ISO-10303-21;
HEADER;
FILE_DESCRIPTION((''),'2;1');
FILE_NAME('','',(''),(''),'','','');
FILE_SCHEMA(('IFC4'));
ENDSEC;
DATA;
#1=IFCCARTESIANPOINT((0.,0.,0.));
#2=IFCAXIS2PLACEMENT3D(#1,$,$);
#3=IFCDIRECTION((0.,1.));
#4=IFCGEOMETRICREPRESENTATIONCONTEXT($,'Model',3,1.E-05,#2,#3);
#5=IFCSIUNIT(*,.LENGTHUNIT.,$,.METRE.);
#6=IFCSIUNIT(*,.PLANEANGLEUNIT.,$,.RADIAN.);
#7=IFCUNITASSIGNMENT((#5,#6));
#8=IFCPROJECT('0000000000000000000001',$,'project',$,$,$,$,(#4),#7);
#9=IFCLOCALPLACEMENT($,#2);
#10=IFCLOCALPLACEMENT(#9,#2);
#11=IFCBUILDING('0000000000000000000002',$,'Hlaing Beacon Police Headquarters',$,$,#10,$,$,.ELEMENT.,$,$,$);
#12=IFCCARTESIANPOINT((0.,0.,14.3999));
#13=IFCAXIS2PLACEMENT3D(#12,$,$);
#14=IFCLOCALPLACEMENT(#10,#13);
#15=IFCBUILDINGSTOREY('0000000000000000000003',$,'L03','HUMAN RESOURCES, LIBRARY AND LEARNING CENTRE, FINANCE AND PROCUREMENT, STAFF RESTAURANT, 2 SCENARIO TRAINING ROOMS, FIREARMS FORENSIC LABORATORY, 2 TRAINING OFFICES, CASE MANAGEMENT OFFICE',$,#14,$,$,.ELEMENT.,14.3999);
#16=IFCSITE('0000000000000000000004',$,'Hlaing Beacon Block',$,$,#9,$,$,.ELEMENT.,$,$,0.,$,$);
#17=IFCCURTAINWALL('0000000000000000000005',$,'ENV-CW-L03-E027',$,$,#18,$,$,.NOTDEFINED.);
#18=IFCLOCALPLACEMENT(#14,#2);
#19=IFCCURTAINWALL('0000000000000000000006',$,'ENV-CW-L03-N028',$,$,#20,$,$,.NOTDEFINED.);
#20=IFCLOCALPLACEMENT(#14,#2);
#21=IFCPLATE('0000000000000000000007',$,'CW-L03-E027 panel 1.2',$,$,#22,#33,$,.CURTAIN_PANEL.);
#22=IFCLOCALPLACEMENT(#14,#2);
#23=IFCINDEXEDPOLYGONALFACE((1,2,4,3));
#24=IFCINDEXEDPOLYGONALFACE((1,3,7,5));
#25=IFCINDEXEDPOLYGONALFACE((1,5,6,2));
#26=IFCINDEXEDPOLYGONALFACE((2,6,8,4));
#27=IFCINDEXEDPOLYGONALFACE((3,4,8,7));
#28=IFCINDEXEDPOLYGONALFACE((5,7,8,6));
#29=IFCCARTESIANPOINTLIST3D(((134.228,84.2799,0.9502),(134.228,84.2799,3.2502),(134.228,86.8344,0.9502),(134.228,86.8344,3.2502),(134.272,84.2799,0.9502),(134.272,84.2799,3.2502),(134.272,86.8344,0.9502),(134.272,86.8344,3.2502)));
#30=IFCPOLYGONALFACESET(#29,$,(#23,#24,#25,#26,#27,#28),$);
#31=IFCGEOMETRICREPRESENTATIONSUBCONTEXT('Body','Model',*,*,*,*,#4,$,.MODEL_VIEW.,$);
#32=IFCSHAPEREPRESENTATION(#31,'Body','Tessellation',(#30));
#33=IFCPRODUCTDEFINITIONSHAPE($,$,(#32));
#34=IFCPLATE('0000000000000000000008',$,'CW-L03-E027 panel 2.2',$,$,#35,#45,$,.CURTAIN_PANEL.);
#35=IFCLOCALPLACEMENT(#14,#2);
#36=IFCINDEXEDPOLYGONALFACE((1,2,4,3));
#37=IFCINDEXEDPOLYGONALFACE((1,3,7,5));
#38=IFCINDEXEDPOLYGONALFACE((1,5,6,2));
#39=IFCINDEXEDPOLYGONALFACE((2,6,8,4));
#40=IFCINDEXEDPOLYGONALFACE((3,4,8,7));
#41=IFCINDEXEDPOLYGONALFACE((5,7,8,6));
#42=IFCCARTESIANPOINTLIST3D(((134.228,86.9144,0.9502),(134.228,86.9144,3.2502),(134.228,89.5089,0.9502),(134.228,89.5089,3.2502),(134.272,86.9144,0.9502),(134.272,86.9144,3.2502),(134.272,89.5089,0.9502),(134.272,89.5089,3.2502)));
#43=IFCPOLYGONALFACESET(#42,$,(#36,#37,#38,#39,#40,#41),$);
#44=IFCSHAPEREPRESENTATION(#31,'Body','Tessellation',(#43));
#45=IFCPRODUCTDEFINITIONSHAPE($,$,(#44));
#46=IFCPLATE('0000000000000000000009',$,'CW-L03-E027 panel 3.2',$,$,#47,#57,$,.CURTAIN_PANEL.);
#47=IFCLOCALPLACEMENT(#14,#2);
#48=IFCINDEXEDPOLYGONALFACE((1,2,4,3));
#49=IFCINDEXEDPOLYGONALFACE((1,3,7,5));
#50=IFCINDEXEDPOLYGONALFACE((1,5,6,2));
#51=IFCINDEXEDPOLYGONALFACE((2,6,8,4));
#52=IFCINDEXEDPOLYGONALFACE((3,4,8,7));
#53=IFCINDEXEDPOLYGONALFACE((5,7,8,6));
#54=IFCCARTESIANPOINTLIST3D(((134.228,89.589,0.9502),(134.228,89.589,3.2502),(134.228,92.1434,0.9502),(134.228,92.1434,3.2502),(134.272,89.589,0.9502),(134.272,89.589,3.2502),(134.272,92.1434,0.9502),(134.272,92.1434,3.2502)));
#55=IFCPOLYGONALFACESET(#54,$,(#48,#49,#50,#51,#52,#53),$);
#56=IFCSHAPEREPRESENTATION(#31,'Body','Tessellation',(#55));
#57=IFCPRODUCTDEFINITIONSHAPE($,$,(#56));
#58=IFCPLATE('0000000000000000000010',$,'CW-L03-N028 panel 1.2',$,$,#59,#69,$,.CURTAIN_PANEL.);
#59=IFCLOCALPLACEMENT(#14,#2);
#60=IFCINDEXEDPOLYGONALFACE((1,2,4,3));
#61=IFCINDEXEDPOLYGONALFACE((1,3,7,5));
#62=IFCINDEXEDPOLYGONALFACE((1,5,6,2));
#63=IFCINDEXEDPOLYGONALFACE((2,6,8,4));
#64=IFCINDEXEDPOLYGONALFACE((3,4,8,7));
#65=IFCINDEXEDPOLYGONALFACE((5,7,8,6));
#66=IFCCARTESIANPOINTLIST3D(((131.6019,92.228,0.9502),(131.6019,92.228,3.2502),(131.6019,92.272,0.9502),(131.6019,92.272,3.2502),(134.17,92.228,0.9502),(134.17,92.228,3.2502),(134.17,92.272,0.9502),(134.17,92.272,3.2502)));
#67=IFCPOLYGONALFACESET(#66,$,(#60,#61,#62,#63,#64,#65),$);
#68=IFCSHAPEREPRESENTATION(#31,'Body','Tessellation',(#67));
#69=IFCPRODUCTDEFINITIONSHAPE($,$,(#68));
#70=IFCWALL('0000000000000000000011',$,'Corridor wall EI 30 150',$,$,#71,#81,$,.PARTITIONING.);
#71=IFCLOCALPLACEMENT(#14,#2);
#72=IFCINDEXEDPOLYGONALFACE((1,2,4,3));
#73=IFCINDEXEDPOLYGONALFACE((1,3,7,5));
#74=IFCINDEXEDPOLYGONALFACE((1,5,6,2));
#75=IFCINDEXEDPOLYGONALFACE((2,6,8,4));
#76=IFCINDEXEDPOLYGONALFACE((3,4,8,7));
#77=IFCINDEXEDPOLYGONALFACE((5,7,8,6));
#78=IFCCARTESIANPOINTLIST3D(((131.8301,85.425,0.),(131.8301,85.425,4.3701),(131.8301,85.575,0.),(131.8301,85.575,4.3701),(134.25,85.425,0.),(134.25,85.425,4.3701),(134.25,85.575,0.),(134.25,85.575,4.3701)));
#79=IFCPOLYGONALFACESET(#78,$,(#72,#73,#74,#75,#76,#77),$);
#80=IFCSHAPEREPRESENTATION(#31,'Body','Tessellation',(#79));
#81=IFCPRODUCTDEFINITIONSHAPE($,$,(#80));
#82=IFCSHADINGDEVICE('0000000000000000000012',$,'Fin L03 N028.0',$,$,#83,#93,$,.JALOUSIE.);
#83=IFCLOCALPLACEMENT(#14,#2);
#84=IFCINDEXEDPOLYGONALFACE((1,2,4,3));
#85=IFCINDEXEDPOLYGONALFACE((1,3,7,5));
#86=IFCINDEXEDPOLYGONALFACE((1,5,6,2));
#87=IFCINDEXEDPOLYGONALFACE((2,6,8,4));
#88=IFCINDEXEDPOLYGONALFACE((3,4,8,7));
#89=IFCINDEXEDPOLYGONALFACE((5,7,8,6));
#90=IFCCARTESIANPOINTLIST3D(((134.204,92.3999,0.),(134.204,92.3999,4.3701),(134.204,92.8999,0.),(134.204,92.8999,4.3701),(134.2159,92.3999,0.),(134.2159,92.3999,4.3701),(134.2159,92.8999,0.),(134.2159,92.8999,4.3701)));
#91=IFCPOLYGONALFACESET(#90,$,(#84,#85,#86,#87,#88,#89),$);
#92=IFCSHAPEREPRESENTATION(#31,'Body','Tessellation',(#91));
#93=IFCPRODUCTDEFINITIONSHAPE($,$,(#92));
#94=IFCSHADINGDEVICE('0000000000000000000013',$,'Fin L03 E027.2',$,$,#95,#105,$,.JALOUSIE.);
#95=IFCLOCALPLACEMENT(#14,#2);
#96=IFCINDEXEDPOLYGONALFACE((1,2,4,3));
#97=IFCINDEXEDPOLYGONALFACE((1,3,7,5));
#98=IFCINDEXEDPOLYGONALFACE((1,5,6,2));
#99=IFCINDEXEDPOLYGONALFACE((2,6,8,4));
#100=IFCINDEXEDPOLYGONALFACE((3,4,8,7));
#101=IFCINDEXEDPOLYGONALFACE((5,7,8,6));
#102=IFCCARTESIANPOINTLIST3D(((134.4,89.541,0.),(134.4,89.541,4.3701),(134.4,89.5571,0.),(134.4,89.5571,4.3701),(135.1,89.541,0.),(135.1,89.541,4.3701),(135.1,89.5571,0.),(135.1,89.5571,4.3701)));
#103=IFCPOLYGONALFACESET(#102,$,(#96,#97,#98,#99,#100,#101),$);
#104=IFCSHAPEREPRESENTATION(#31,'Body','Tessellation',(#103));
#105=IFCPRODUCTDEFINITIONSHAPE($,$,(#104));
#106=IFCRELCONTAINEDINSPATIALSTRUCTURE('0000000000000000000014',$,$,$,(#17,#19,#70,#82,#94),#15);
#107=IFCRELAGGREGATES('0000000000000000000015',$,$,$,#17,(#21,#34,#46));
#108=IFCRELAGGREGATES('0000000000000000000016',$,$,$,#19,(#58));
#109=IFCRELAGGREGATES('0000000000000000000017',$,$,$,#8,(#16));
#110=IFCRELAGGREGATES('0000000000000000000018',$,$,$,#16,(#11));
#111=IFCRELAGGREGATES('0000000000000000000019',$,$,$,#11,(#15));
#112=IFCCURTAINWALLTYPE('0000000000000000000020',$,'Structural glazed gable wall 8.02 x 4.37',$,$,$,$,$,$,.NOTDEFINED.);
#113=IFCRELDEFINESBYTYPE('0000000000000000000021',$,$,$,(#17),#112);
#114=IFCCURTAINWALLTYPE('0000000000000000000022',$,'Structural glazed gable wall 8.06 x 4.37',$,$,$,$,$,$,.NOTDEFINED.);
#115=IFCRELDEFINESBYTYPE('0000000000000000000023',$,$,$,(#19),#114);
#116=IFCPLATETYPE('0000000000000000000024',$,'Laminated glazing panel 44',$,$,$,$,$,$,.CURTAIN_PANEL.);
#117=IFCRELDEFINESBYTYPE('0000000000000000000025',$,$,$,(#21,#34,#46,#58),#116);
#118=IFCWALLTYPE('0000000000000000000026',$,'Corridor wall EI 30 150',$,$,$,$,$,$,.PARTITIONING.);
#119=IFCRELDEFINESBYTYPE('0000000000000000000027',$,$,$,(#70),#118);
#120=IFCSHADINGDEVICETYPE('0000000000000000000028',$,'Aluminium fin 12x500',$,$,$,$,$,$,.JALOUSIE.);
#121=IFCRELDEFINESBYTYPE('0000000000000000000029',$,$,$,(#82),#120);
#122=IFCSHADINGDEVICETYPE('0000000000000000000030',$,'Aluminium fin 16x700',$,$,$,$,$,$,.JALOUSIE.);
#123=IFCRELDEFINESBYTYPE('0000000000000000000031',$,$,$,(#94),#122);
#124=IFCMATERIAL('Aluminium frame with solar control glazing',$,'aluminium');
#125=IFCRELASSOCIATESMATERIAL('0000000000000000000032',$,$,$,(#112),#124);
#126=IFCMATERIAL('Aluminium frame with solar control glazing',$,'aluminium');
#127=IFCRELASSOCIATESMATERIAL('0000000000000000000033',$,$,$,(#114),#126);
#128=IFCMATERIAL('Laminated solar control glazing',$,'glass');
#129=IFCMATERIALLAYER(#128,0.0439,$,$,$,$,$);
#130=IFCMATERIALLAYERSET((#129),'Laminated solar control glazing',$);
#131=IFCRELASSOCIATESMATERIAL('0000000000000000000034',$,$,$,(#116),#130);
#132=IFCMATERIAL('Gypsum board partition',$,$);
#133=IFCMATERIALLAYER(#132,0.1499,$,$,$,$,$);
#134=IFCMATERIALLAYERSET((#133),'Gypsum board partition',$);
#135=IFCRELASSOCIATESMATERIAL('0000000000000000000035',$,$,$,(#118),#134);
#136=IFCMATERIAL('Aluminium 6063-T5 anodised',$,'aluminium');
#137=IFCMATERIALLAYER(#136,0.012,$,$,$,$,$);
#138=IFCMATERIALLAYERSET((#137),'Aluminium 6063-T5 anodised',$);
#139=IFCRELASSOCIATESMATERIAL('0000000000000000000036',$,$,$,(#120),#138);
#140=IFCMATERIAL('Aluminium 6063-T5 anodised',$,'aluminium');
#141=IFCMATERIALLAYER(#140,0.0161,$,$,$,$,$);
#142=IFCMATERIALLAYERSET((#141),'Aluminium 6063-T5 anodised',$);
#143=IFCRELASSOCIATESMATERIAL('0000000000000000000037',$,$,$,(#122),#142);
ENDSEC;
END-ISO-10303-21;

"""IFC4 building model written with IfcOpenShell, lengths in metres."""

from ifc_helpers import new_model, si_unit, direction, frame, frame_2d, origin, origin_2d, place, context, subcontext, project, spatial, rectangle, extrude, material, layer, layer_set, type_object, element, aggregate, save


model = new_model("IFC4")

# Units and contexts
model_context = context("Model", 3, precision=1e-05, world=origin(), true_north=direction((0.0, 1.0)))
body_context = subcontext(model_context, "Body", "Model", "MODEL_VIEW")
ifc_project = project(units=[si_unit("LENGTHUNIT", "METRE"), si_unit("PLANEANGLEUNIT", "RADIAN")], contexts=[model_context])

# Site, building, storey
site_placement = place(None, origin())
site = spatial("IfcSite", under=ifc_project, at=site_placement, Name="Hlaing Beacon Block", CompositionType="ELEMENT", RefElevation=0.0)
building_placement = place(site_placement, origin())
building = spatial("IfcBuilding", under=site, at=building_placement, Name="Hlaing Beacon Police Headquarters", CompositionType="ELEMENT")
storey_placement = place(building_placement, frame((0.0, 0.0, 14.3999)))
storey = spatial("IfcBuildingStorey", under=building, at=storey_placement, Name="L03", Description="HUMAN RESOURCES, LIBRARY AND LEARNING CENTRE, FINANCE AND PROCUREMENT, STAFF RESTAURANT, 2 SCENARIO TRAINING ROOMS, FIREARMS FORENSIC LABORATORY, 2 TRAINING OFFICES, CASE MANAGEMENT OFFICE", CompositionType="ELEMENT", Elevation=14.3999)

# Curtain walls
ifc_material_1 = material(Name="Aluminium frame with solar control glazing", Category="aluminium")
curtain_wall_type_1 = type_object("IfcCurtainWallType", Name="Structural glazed gable wall 8.02 x 4.37", PredefinedType="NOTDEFINED", material=ifc_material_1)
curtain_wall_1_placement = place(storey_placement, origin())
curtain_wall_1 = element("IfcCurtainWall", 1, at=curtain_wall_1_placement, inside=storey, type_object=curtain_wall_type_1, Name="ENV-CW-L03-E027", PredefinedType="NOTDEFINED")
ifc_material_2 = material(Name="Aluminium frame with solar control glazing", Category="aluminium")
curtain_wall_type_2 = type_object("IfcCurtainWallType", Name="Structural glazed gable wall 8.06 x 4.37", PredefinedType="NOTDEFINED", material=ifc_material_2)
curtain_wall_2_placement = place(storey_placement, origin())
curtain_wall_2 = element("IfcCurtainWall", 2, at=curtain_wall_2_placement, inside=storey, type_object=curtain_wall_type_2, Name="ENV-CW-L03-N028", PredefinedType="NOTDEFINED")

# Plates
ifc_material_3 = material(Name="Laminated solar control glazing", Category="glass")
ifc_layer_1 = layer(ifc_material_3, 0.0439)
ifc_layer_set_1 = layer_set([ifc_layer_1], Name="Laminated solar control glazing")
plate_type_1 = type_object("IfcPlateType", Name="Laminated glazing panel 44", PredefinedType="CURTAIN_PANEL", material=ifc_layer_set_1)
plate_1_placement = place(storey_placement, frame((134.25, 85.5571, 0.9502), z_axis=(0.0, 0.0, 1.0), x_axis=(0.0, 1.0, 0.0)))
plate_1 = element("IfcPlate", 3, at=plate_1_placement, type_object=plate_type_1, Name="CW-L03-E027 panel 1.2", PredefinedType="CURTAIN_PANEL", context=body_context, shape_type="SweptSolid", body=[
    extrude(rectangle(XDim=2.5544, YDim=0.0439, at=origin_2d()), origin(), (0.0, 0.0, 1.0), 2.3),
])
plate_2_placement = place(storey_placement, frame((134.25, 88.2117, 0.9502), z_axis=(0.0, 0.0, 1.0), x_axis=(0.0, 1.0, 0.0)))
plate_2 = element("IfcPlate", 4, at=plate_2_placement, type_object=plate_type_1, Name="CW-L03-E027 panel 2.2", PredefinedType="CURTAIN_PANEL", context=body_context, shape_type="SweptSolid", body=[
    extrude(rectangle(XDim=2.5945, YDim=0.0439, at=origin_2d()), origin(), (0.0, 0.0, 1.0), 2.3),
])
plate_3_placement = place(storey_placement, frame((134.25, 90.8662, 0.9502), z_axis=(0.0, 0.0, 1.0), x_axis=(0.0, 1.0, 0.0)))
plate_3 = element("IfcPlate", 5, at=plate_3_placement, type_object=plate_type_1, Name="CW-L03-E027 panel 3.2", PredefinedType="CURTAIN_PANEL", context=body_context, shape_type="SweptSolid", body=[
    extrude(rectangle(XDim=2.5544, YDim=0.0439, at=origin_2d()), origin(), (0.0, 0.0, 1.0), 2.3),
])
aggregate(curtain_wall_1, [plate_1, plate_2, plate_3])
plate_4_placement = place(storey_placement, frame((132.886, 92.25, 0.9502), z_axis=(0.0, 0.0, 1.0), x_axis=(-1.0, 0.0, 0.0)))
plate_4 = element("IfcPlate", 6, at=plate_4_placement, type_object=plate_type_1, Name="CW-L03-N028 panel 1.2", PredefinedType="CURTAIN_PANEL", context=body_context, shape_type="SweptSolid", body=[
    extrude(rectangle(XDim=2.5681, YDim=0.0439, at=origin_2d()), origin(), (0.0, 0.0, 1.0), 2.3),
])
aggregate(curtain_wall_2, [plate_4])

# Wall
ifc_material_4 = material(Name="Gypsum board partition")
ifc_layer_2 = layer(ifc_material_4, 0.1499)
ifc_layer_set_2 = layer_set([ifc_layer_2], Name="Gypsum board partition")
wall_type = type_object("IfcWallType", Name="Corridor wall EI 30 150", PredefinedType="PARTITIONING", material=ifc_layer_set_2)
wall_placement = place(storey_placement, frame((131.8301, 85.5, 0.0), z_axis=(0.0, 0.0, 1.0), x_axis=(1.0, 0.0, 0.0)))
element("IfcWall", 7, at=wall_placement, inside=storey, type_object=wall_type, Name="Corridor wall EI 30 150", PredefinedType="PARTITIONING", context=body_context, shape_type="SweptSolid", body=[
    extrude(rectangle(XDim=2.4199, YDim=0.1499, at=frame_2d((1.21, 0.0))), origin(), (0.0, 0.0, 1.0), 4.3701),
])

# Shading devices
ifc_material_5 = material(Name="Aluminium 6063-T5 anodised", Category="aluminium")
ifc_layer_3 = layer(ifc_material_5, 0.012)
ifc_layer_set_3 = layer_set([ifc_layer_3], Name="Aluminium 6063-T5 anodised")
shading_device_type_1 = type_object("IfcShadingDeviceType", Name="Aluminium fin 12x500", PredefinedType="JALOUSIE", material=ifc_layer_set_3)
shading_device_1_placement = place(storey_placement, frame((134.21, 92.6499, 0.0), z_axis=(0.0, 0.0, 1.0), x_axis=(-1.0, 0.0, 0.0)))
element("IfcShadingDevice", 8, at=shading_device_1_placement, inside=storey, type_object=shading_device_type_1, Name="Fin L03 N028.0", PredefinedType="JALOUSIE", context=body_context, shape_type="SweptSolid", body=[
    extrude(rectangle(XDim=0.012, YDim=0.5, at=origin_2d()), origin(), (0.0, 0.0, 1.0), 4.3701),
])
ifc_material_6 = material(Name="Aluminium 6063-T5 anodised", Category="aluminium")
ifc_layer_4 = layer(ifc_material_6, 0.0161)
ifc_layer_set_4 = layer_set([ifc_layer_4], Name="Aluminium 6063-T5 anodised")
shading_device_type_2 = type_object("IfcShadingDeviceType", Name="Aluminium fin 16x700", PredefinedType="JALOUSIE", material=ifc_layer_set_4)
shading_device_2_placement = place(storey_placement, frame((134.75, 89.5491, 0.0), z_axis=(0.0, 0.0, 1.0), x_axis=(0.0, 1.0, 0.0)))
element("IfcShadingDevice", 9, at=shading_device_2_placement, inside=storey, type_object=shading_device_type_2, Name="Fin L03 E027.2", PredefinedType="JALOUSIE", context=body_context, shape_type="SweptSolid", body=[
    extrude(rectangle(XDim=0.0161, YDim=0.7, at=origin_2d()), origin(), (0.0, 0.0, 1.0), 4.3701),
])

save(model, "model.ifc")
